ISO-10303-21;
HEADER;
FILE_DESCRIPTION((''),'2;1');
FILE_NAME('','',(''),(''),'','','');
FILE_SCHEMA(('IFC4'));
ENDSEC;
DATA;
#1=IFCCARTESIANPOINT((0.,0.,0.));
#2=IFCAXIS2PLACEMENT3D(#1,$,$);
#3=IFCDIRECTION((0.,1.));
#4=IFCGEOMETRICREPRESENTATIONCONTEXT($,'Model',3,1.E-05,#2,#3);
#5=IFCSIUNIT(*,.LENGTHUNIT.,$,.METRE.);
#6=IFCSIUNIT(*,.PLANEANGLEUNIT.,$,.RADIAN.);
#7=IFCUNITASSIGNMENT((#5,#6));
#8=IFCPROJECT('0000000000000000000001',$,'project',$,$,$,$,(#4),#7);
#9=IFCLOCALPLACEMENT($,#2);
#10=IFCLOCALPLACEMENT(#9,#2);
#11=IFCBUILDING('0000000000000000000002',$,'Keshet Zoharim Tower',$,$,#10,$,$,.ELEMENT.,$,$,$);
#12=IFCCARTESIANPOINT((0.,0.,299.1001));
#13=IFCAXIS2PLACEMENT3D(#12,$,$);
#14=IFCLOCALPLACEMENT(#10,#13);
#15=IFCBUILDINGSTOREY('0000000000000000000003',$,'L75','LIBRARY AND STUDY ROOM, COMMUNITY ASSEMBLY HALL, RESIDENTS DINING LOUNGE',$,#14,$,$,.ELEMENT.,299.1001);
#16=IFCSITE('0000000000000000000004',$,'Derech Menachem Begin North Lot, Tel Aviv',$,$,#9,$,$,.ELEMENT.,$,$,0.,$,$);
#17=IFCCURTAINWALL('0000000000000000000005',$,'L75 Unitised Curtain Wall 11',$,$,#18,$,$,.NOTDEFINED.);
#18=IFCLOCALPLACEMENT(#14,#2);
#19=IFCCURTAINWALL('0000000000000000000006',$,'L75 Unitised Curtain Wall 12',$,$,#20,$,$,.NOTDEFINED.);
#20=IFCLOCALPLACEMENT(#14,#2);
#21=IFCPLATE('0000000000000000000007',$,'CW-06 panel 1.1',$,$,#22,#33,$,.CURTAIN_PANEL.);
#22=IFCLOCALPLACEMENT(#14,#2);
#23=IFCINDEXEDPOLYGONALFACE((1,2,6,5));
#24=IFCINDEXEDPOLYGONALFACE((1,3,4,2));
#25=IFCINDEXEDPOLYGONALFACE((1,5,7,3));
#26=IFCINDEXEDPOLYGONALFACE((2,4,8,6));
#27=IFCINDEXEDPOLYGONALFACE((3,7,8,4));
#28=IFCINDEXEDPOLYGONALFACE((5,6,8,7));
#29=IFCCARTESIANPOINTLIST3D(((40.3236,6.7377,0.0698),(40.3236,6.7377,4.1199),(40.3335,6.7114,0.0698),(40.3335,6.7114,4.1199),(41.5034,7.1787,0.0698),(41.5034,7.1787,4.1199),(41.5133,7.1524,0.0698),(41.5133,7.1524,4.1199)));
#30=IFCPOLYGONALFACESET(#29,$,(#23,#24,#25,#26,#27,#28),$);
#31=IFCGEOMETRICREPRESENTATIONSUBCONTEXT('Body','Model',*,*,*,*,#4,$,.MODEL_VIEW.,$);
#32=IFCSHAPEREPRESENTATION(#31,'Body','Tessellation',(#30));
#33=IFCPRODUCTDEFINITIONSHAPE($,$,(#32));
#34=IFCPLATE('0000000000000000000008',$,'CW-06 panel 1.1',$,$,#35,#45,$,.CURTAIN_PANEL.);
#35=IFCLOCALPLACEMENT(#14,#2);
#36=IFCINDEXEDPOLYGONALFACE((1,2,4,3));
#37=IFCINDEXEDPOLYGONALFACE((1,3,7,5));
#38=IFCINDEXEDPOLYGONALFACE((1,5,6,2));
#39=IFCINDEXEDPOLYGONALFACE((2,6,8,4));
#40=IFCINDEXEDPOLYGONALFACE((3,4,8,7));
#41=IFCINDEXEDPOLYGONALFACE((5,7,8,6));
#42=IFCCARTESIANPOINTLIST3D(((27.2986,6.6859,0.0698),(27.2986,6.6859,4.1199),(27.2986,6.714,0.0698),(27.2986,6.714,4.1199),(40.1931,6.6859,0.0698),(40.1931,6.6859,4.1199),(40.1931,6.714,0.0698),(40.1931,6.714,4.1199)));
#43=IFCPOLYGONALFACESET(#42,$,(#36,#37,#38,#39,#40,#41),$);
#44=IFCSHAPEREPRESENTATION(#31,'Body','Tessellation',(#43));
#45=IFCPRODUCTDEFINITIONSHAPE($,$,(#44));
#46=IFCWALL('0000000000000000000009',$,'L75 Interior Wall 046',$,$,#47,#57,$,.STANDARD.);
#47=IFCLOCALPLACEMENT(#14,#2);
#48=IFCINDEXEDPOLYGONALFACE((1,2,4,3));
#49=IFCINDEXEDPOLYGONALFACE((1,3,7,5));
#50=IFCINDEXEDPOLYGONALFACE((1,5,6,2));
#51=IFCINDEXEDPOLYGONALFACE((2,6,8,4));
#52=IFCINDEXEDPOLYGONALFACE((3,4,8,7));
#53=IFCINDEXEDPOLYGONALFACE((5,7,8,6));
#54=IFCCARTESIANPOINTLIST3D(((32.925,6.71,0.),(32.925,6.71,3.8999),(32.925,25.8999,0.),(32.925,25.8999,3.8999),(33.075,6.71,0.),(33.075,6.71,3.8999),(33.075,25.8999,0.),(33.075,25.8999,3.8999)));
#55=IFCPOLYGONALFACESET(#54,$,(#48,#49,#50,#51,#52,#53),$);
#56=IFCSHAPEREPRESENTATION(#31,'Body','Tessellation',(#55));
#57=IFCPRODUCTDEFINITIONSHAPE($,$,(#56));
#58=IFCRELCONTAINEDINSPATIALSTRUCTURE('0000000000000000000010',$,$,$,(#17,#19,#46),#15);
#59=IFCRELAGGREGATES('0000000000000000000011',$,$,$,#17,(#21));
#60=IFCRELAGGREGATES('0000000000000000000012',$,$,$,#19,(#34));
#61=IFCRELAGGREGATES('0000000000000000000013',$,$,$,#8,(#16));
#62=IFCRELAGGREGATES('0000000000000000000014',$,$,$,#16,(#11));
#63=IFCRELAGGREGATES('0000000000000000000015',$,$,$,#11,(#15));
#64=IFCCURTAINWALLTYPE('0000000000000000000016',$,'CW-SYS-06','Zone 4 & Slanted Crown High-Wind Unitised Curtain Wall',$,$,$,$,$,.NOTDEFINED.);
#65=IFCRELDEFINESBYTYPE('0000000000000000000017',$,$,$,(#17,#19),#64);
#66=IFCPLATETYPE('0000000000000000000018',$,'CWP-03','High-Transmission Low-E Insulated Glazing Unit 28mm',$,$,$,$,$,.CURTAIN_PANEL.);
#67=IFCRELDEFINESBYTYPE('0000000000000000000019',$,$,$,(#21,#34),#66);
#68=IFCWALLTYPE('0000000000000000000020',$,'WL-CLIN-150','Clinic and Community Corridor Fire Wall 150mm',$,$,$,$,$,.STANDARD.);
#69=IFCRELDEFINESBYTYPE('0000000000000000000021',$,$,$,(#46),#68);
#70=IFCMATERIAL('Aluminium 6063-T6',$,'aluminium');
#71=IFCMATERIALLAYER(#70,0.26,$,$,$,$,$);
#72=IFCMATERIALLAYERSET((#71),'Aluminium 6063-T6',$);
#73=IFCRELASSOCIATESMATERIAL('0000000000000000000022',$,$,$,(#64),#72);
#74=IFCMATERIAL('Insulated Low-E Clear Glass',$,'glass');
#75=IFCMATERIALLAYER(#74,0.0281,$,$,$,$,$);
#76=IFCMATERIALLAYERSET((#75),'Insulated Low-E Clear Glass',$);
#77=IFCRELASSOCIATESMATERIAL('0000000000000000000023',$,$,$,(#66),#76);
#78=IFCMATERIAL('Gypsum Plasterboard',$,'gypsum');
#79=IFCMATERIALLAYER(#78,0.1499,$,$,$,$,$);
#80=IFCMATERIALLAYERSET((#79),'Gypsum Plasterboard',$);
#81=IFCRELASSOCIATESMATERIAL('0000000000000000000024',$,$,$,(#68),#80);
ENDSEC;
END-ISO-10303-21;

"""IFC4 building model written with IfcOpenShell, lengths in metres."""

from ifc_helpers import new_model, si_unit, direction, frame, frame_2d, origin, origin_2d, place, context, subcontext, project, spatial, rectangle, extrude, material, layer, layer_set, type_object, element, aggregate, save


model = new_model("IFC4")

# Units and contexts
model_context = context("Model", 3, precision=1e-05, world=origin(), true_north=direction((0.0, 1.0)))
body_context = subcontext(model_context, "Body", "Model", "MODEL_VIEW")
ifc_project = project(units=[si_unit("LENGTHUNIT", "METRE"), si_unit("PLANEANGLEUNIT", "RADIAN")], contexts=[model_context])

# Site, building, storey
site_placement = place(None, origin())
site = spatial("IfcSite", under=ifc_project, at=site_placement, Name="Derech Menachem Begin North Lot, Tel Aviv", CompositionType="ELEMENT", RefElevation=0.0)
building_placement = place(site_placement, origin())
building = spatial("IfcBuilding", under=site, at=building_placement, Name="Keshet Zoharim Tower", CompositionType="ELEMENT")
storey_placement = place(building_placement, frame((0.0, 0.0, 299.1001)))
storey = spatial("IfcBuildingStorey", under=building, at=storey_placement, Name="L75", Description="LIBRARY AND STUDY ROOM, COMMUNITY ASSEMBLY HALL, RESIDENTS DINING LOUNGE", CompositionType="ELEMENT", Elevation=299.1001)

# Shared definitions
ifc_material_1 = material(Name="Aluminium 6063-T6", Category="aluminium")
ifc_layer_1 = layer(ifc_material_1, 0.26)
ifc_layer_set_1 = layer_set([ifc_layer_1], Name="Aluminium 6063-T6")
curtain_wall_type = type_object("IfcCurtainWallType", Name="CW-SYS-06", Description="Zone 4 & Slanted Crown High-Wind Unitised Curtain Wall", PredefinedType="NOTDEFINED", material=ifc_layer_set_1)

# Curtain wall
curtain_wall_1_placement = place(storey_placement, origin())
curtain_wall_1 = element("IfcCurtainWall", 1, at=curtain_wall_1_placement, inside=storey, type_object=curtain_wall_type, Name="L75 Unitised Curtain Wall 11", PredefinedType="NOTDEFINED")

# Curtain wall
curtain_wall_2_placement = place(storey_placement, origin())
curtain_wall_2 = element("IfcCurtainWall", 2, at=curtain_wall_2_placement, inside=storey, type_object=curtain_wall_type, Name="L75 Unitised Curtain Wall 12", PredefinedType="NOTDEFINED")

# Plates
ifc_material_2 = material(Name="Insulated Low-E Clear Glass", Category="glass")
ifc_layer_2 = layer(ifc_material_2, 0.0281)
ifc_layer_set_2 = layer_set([ifc_layer_2], Name="Insulated Low-E Clear Glass")
plate_type = type_object("IfcPlateType", Name="CWP-03", Description="High-Transmission Low-E Insulated Glazing Unit 28mm", PredefinedType="CURTAIN_PANEL", material=ifc_layer_set_2)
plate_1_placement = place(storey_placement, frame((40.9185, 6.9451, 0.0698), z_axis=(0.0, 0.0, 1.0), x_axis=(-0.93671, -0.350105, 0.0)))
plate_1 = element("IfcPlate", 3, at=plate_1_placement, type_object=plate_type, Name="CW-06 panel 1.1", PredefinedType="CURTAIN_PANEL", context=body_context, shape_type="SweptSolid", body=[
    extrude(rectangle(XDim=1.2595, YDim=0.0281, at=origin_2d()), origin(), (0.0, 0.0, 1.0), 4.05),
])
aggregate(curtain_wall_1, [plate_1])
plate_2_placement = place(storey_placement, frame((33.7458, 6.7, 0.0698), z_axis=(0.0, 0.0, 1.0), x_axis=(-1.0, 0.0, 0.0)))
plate_2 = element("IfcPlate", 4, at=plate_2_placement, type_object=plate_type, Name="CW-06 panel 1.1", PredefinedType="CURTAIN_PANEL", context=body_context, shape_type="SweptSolid", body=[
    extrude(rectangle(XDim=12.8945, YDim=0.0281, at=origin_2d()), origin(), (0.0, 0.0, 1.0), 4.05),
])
aggregate(curtain_wall_2, [plate_2])

# Wall
ifc_material_3 = material(Name="Gypsum Plasterboard", Category="gypsum")
ifc_layer_3 = layer(ifc_material_3, 0.1499)
ifc_layer_set_3 = layer_set([ifc_layer_3], Name="Gypsum Plasterboard")
wall_type = type_object("IfcWallType", Name="WL-CLIN-150", Description="Clinic and Community Corridor Fire Wall 150mm", PredefinedType="STANDARD", material=ifc_layer_set_3)
wall_placement = place(storey_placement, frame((33.0, 6.71, 0.0), z_axis=(0.0, 0.0, 1.0), x_axis=(0.0, 1.0, 0.0)))
element("IfcWall", 5, at=wall_placement, inside=storey, type_object=wall_type, Name="L75 Interior Wall 046", PredefinedType="STANDARD", context=body_context, shape_type="SweptSolid", body=[
    extrude(rectangle(XDim=19.1899, YDim=0.1499, at=frame_2d((9.595, 0.0))), origin(), (0.0, 0.0, 1.0), 3.8999),
])

save(model, "model.ifc")
